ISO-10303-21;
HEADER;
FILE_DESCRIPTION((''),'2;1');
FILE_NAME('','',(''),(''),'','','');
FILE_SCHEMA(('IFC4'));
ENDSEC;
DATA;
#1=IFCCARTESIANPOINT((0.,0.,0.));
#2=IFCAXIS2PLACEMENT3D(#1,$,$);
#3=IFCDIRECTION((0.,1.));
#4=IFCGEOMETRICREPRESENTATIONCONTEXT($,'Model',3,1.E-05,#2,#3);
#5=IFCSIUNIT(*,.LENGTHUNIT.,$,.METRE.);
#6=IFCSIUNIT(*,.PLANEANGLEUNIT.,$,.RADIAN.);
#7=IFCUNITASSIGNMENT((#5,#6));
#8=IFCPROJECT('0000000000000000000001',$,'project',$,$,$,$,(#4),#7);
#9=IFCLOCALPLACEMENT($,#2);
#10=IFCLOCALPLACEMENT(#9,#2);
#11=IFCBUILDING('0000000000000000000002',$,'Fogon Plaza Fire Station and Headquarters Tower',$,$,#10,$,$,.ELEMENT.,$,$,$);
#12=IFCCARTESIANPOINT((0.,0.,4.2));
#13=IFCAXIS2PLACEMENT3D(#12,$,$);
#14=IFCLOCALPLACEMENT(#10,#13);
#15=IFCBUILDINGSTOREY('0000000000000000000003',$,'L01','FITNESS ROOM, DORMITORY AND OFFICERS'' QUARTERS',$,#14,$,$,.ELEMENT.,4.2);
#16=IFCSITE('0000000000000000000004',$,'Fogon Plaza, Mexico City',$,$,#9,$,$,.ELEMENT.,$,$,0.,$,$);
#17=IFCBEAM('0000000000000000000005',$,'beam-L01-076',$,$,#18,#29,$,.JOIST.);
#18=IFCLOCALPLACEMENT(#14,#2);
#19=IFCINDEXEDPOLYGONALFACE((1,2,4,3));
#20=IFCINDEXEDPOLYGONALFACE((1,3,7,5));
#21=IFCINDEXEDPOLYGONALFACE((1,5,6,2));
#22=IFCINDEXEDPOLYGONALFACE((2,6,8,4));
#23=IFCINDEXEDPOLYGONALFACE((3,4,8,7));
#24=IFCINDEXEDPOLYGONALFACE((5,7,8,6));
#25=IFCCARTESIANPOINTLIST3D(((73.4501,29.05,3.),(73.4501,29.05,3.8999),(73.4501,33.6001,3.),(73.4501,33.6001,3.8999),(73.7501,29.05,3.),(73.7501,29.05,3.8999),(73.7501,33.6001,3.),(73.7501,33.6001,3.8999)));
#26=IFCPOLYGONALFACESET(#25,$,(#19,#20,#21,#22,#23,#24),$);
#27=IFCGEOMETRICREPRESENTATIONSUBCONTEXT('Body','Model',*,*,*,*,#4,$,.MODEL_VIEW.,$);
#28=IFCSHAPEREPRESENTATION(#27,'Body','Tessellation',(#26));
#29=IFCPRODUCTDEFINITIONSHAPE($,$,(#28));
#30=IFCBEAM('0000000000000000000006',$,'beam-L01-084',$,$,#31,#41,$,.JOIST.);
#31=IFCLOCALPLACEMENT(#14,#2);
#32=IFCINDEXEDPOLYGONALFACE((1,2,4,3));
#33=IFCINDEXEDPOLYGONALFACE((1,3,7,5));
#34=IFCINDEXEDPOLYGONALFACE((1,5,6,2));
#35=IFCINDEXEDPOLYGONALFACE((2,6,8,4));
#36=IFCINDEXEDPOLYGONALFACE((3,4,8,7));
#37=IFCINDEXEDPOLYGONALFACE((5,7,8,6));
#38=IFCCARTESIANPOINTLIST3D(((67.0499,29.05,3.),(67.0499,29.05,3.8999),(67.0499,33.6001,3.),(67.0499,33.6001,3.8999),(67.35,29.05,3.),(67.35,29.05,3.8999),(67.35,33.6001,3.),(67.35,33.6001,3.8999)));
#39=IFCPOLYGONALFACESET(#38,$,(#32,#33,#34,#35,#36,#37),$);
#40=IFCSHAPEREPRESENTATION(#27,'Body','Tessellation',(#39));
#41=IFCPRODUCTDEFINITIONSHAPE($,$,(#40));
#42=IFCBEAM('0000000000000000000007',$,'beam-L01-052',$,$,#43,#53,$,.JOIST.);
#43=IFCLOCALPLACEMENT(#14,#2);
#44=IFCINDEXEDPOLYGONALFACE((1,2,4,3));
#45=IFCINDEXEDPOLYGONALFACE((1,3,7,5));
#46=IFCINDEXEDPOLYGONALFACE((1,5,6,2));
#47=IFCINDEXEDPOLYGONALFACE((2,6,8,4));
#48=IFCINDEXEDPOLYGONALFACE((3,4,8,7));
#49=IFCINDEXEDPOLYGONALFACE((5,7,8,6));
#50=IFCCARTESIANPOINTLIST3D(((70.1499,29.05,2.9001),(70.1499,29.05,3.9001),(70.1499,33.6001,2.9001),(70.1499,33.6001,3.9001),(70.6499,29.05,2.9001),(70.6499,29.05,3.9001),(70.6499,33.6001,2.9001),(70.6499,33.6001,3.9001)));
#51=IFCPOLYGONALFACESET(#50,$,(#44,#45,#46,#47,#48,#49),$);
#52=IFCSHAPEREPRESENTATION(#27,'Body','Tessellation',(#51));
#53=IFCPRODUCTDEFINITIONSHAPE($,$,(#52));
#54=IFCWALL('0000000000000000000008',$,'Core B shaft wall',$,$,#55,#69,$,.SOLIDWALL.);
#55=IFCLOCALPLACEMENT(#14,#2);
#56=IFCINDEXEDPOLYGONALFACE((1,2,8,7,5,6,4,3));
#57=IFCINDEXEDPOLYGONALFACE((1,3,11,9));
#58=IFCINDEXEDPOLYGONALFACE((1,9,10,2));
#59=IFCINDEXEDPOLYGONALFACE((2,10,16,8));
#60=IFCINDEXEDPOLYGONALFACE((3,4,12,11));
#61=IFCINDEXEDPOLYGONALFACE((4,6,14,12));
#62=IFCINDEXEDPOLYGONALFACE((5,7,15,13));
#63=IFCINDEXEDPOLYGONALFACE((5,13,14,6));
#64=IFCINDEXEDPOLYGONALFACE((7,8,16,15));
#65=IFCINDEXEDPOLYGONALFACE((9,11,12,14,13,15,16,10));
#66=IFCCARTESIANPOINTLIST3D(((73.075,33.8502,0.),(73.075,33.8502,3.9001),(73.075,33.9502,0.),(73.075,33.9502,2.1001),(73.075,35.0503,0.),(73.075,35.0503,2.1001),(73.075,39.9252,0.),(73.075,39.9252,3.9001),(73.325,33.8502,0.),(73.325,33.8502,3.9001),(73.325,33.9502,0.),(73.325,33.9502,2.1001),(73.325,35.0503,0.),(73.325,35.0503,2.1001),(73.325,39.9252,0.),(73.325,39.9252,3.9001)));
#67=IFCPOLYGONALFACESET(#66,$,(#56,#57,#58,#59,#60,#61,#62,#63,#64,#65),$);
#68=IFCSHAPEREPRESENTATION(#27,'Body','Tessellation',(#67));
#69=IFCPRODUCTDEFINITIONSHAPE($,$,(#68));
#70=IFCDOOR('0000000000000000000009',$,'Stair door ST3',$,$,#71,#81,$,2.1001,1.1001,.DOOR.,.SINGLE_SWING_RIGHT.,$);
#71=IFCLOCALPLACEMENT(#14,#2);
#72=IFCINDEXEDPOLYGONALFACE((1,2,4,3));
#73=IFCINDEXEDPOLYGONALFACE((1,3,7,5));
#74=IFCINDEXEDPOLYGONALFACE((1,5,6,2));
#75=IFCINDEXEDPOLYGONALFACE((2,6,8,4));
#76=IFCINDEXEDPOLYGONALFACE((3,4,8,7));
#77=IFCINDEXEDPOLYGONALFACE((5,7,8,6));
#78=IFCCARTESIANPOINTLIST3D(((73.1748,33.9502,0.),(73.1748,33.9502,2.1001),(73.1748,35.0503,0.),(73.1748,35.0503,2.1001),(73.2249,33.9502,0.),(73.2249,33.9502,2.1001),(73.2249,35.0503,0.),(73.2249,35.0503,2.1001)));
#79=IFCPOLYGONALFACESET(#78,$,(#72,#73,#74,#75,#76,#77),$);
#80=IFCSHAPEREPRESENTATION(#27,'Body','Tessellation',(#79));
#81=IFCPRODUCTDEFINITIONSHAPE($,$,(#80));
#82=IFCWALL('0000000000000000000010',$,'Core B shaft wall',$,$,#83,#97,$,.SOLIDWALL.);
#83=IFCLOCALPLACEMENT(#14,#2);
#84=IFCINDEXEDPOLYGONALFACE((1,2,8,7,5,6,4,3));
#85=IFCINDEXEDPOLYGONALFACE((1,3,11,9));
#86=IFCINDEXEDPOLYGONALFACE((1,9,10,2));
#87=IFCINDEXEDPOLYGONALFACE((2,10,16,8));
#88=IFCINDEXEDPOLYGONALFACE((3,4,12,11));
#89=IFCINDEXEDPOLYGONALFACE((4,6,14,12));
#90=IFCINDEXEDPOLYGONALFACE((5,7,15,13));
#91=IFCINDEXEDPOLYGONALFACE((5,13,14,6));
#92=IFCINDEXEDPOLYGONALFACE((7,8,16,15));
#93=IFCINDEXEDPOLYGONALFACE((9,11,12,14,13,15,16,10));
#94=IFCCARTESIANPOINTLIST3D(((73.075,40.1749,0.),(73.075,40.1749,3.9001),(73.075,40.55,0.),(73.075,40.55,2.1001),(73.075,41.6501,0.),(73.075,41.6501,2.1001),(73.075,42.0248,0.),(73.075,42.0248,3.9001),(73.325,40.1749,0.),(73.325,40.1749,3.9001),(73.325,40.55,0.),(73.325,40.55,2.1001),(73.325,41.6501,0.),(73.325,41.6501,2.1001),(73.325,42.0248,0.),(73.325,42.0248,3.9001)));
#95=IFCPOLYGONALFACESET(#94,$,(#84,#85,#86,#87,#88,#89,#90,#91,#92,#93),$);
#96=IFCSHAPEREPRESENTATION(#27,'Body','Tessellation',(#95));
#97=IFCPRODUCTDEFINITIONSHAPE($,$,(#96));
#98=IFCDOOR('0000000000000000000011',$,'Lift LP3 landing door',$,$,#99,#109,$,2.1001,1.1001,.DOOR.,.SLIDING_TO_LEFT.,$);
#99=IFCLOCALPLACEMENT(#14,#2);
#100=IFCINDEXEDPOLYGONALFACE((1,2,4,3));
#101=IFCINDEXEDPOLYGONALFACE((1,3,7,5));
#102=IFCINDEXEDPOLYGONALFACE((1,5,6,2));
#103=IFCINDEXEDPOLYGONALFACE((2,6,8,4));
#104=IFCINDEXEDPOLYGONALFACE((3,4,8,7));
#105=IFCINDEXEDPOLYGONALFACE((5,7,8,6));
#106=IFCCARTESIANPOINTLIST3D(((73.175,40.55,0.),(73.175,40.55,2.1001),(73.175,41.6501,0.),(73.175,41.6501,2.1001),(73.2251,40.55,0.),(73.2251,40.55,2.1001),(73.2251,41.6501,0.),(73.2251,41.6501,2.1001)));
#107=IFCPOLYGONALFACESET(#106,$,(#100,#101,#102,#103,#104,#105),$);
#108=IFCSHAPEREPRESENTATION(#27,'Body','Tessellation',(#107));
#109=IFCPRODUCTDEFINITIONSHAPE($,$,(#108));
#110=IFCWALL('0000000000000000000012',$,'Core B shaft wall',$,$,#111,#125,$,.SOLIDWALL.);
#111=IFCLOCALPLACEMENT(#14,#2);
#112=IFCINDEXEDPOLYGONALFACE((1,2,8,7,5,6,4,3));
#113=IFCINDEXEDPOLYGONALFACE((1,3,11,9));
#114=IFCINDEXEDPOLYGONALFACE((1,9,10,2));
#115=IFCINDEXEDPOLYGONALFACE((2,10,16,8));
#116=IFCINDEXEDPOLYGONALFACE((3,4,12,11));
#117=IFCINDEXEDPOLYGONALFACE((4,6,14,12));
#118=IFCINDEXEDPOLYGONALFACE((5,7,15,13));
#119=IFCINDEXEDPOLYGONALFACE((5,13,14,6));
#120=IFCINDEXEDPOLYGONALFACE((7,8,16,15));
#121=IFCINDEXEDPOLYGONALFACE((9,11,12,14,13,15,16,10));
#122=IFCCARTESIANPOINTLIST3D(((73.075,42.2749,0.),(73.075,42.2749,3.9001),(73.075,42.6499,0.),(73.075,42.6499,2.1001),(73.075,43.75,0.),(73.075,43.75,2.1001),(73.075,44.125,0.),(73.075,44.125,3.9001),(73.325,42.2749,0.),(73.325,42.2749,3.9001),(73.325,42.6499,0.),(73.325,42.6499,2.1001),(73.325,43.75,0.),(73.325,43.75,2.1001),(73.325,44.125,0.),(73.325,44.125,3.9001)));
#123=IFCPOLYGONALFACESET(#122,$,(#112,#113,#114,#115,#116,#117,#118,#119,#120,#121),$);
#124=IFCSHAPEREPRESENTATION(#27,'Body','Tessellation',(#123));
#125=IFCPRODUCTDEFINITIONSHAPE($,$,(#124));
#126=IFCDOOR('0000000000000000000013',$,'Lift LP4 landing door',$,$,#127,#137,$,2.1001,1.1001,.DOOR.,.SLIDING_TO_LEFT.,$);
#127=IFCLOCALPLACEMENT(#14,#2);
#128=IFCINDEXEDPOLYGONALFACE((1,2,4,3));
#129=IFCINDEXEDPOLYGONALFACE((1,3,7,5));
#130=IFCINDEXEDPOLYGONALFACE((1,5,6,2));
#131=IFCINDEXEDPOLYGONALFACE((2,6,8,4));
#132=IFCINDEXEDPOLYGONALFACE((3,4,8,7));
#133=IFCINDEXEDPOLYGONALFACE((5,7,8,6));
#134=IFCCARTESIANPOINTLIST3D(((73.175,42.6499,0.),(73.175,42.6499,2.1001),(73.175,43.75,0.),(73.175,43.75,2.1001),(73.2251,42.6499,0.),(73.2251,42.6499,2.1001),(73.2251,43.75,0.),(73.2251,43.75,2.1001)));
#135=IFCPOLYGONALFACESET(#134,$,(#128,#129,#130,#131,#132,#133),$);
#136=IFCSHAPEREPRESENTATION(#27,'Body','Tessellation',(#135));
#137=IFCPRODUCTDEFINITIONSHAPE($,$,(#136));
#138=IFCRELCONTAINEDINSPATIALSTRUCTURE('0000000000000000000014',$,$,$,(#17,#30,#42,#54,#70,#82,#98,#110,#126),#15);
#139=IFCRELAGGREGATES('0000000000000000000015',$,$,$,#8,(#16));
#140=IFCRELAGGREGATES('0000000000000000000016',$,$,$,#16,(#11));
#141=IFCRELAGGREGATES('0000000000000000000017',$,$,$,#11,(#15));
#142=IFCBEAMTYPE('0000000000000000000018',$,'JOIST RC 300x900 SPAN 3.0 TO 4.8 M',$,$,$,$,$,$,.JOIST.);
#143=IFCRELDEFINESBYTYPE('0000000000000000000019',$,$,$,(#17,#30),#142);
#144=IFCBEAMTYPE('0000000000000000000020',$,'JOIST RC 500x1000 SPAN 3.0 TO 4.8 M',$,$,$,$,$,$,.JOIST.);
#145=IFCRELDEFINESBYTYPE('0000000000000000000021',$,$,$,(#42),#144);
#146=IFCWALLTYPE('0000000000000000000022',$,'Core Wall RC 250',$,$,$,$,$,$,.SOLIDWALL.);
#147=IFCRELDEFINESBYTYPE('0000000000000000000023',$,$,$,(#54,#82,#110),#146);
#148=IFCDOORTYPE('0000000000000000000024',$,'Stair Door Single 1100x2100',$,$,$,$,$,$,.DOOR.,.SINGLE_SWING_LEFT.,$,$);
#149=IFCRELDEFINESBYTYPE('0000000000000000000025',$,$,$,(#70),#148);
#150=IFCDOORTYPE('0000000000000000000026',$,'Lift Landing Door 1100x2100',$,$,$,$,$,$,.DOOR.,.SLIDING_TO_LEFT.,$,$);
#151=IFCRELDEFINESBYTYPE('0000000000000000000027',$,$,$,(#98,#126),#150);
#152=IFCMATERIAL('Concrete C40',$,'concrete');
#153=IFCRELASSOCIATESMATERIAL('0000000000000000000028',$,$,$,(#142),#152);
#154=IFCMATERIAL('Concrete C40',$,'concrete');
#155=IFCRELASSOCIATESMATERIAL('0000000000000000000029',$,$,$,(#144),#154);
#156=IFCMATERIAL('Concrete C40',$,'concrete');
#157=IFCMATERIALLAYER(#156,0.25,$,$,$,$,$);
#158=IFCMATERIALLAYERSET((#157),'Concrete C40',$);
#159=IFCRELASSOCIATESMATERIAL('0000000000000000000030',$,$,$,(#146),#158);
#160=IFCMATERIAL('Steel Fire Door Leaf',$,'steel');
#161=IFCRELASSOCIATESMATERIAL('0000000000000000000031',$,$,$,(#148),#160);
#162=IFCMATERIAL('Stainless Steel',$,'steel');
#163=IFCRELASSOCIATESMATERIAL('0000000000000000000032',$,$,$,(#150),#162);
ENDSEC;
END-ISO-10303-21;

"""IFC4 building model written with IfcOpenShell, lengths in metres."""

from ifc_helpers import new_model, si_unit, direction, frame, frame_2d, origin, origin_2d, place, context, subcontext, project, spatial, rectangle, extrude, material, layer, layer_set, material_profile, profile_set, type_object, element, fill, save


model = new_model("IFC4")

# Units and contexts
model_context = context("Model", 3, precision=1e-05, world=origin(), true_north=direction((0.0, 1.0)))
body_context = subcontext(model_context, "Body", "Model", "MODEL_VIEW")
ifc_project = project(units=[si_unit("LENGTHUNIT", "METRE"), si_unit("PLANEANGLEUNIT", "RADIAN")], contexts=[model_context])

# Site, building, storey
site_placement = place(None, origin())
site = spatial("IfcSite", under=ifc_project, at=site_placement, Name="Fogon Plaza, Mexico City", CompositionType="ELEMENT", RefElevation=0.0)
building_placement = place(site_placement, origin())
building = spatial("IfcBuilding", under=site, at=building_placement, Name="Fogon Plaza Fire Station and Headquarters Tower", CompositionType="ELEMENT")
storey_placement = place(building_placement, frame((0.0, 0.0, 4.2)))
storey = spatial("IfcBuildingStorey", under=building, at=storey_placement, Name="L01", Description="FITNESS ROOM, DORMITORY AND OFFICERS' QUARTERS", CompositionType="ELEMENT", Elevation=4.2)

# Beams
ifc_material_1 = material(Name="Concrete C40", Category="concrete")
ifc_material_profile_1 = material_profile(ifc_material_1, rectangle(XDim=0.3, YDim=0.8999, at=origin_2d()), Name="RC 300x900")
ifc_profile_set_1 = profile_set([ifc_material_profile_1], Name="Concrete C40")
beam_type_1 = type_object("IfcBeamType", Name="JOIST RC 300x900 SPAN 3.0 TO 4.8 M", PredefinedType="JOIST", material=ifc_profile_set_1)
for number, where, z_axis, x_axis, name in (
    (1, (73.6001, 29.05, 3.45), (0.0, 1.0, 0.0), (-1.0, 0.0, 0.0), "beam-L01-076"),
    (2, (67.2, 29.05, 3.45), (0.0, 1.0, 0.0), (-1.0, 0.0, 0.0), "beam-L01-084"),
):
    element("IfcBeam", number, at=place(storey_placement, frame(where, z_axis=z_axis, x_axis=x_axis)), inside=storey, type_object=beam_type_1, Name=name, PredefinedType="JOIST", context=body_context, shape_type="SweptSolid", body=[
        extrude(rectangle(XDim=0.3, YDim=0.8999, at=origin_2d()), origin(), (0.0, 0.0, 1.0), 4.55),
    ])
ifc_material_2 = material(Name="Concrete C40", Category="concrete")
ifc_material_profile_2 = material_profile(ifc_material_2, rectangle(XDim=0.5, YDim=1.0, at=origin_2d()), Name="RC 500x1000")
ifc_profile_set_2 = profile_set([ifc_material_profile_2], Name="Concrete C40")
beam_type_2 = type_object("IfcBeamType", Name="JOIST RC 500x1000 SPAN 3.0 TO 4.8 M", PredefinedType="JOIST", material=ifc_profile_set_2)
beam_placement = place(storey_placement, frame((70.3999, 29.05, 3.4001), z_axis=(0.0, 1.0, 0.0), x_axis=(-1.0, 0.0, 0.0)))
element("IfcBeam", 3, at=beam_placement, inside=storey, type_object=beam_type_2, Name="beam-L01-052", PredefinedType="JOIST", context=body_context, shape_type="SweptSolid", body=[
    extrude(rectangle(XDim=0.5, YDim=1.0, at=origin_2d()), origin(), (0.0, 0.0, 1.0), 4.55),
])

# Walls, openings, doors
ifc_material_3 = material(Name="Concrete C40", Category="concrete")
ifc_layer_1 = layer(ifc_material_3, 0.25)
ifc_layer_set_1 = layer_set([ifc_layer_1], Name="Concrete C40")
wall_type_1 = type_object("IfcWallType", Name="Core Wall RC 250", PredefinedType="SOLIDWALL", material=ifc_layer_set_1)
wall_1_placement = place(storey_placement, frame((73.2, 33.8501, 0.0), z_axis=(0.0, 0.0, 1.0), x_axis=(0.0, 1.0, 0.0)))
wall_1 = element("IfcWall", 4, at=wall_1_placement, inside=storey, type_object=wall_type_1, Name="Core B shaft wall", PredefinedType="SOLIDWALL", context=body_context, shape_type="SweptSolid", body=[
    extrude(rectangle(XDim=6.075, YDim=0.25, at=frame_2d((3.0376, 0.0))), origin(), (0.0, 0.0, 1.0), 3.9001),
])
opening_1_placement = place(wall_1_placement, frame((0.1001, 0.0, 0.0)))
opening_1 = element("IfcOpeningElement", 5, at=opening_1_placement, cuts=wall_1, PredefinedType="OPENING", context=body_context, shape_type="SweptSolid", body=[
    extrude(rectangle(XDim=1.1001, YDim=2.1001, at=frame_2d((0.55, 1.05))), frame((0.0, 0.135, 0.0), z_axis=(0.0, -1.0, 0.0), x_axis=(1.0, 0.0, 0.0)), (0.0, 0.0, 1.0), 0.27),
])
ifc_material_4 = material(Name="Steel Fire Door Leaf", Category="steel")
door_type_1 = type_object("IfcDoorType", Name="Stair Door Single 1100x2100", OperationType="SINGLE_SWING_LEFT", PredefinedType="DOOR", material=ifc_material_4)
door_1_placement = place(opening_1_placement, frame((1.1001, 0.0, 0.0), z_axis=(0.0, 0.0, 1.0), x_axis=(-1.0, 0.0, 0.0)))
door_1 = element("IfcDoor", 6, at=door_1_placement, inside=storey, type_object=door_type_1, Name="Stair door ST3", OperationType="SINGLE_SWING_RIGHT", OverallHeight=2.1001, OverallWidth=1.1001, PredefinedType="DOOR", context=body_context, shape_type="SweptSolid", body=[
    extrude(rectangle(XDim=1.1001, YDim=2.1001, at=frame_2d((0.55, 1.05))), frame((0.0, 0.0249, 0.0), z_axis=(0.0, -1.0, 0.0), x_axis=(1.0, 0.0, 0.0)), (0.0, 0.0, 1.0), 0.05),
])
fill(opening_1, door_1)
wall_2_placement = place(storey_placement, frame((73.2, 40.175, 0.0), z_axis=(0.0, 0.0, 1.0), x_axis=(0.0, 1.0, 0.0)))
wall_2 = element("IfcWall", 7, at=wall_2_placement, inside=storey, type_object=wall_type_1, Name="Core B shaft wall", PredefinedType="SOLIDWALL", context=body_context, shape_type="SweptSolid", body=[
    extrude(rectangle(XDim=1.8499, YDim=0.25, at=frame_2d((0.9248, 0.0))), origin(), (0.0, 0.0, 1.0), 3.9001),
])
opening_2_placement = place(wall_2_placement, frame((0.375, 0.0, 0.0)))
opening_2 = element("IfcOpeningElement", 8, at=opening_2_placement, cuts=wall_2, PredefinedType="OPENING", context=body_context, shape_type="SweptSolid", body=[
    extrude(rectangle(XDim=1.1001, YDim=2.1001, at=frame_2d((0.55, 1.05))), frame((0.0, 0.135, 0.0), z_axis=(0.0, -1.0, 0.0), x_axis=(1.0, 0.0, 0.0)), (0.0, 0.0, 1.0), 0.27),
])
ifc_material_5 = material(Name="Stainless Steel", Category="steel")
door_type_2 = type_object("IfcDoorType", Name="Lift Landing Door 1100x2100", OperationType="SLIDING_TO_LEFT", PredefinedType="DOOR", material=ifc_material_5)
door_2_placement = place(opening_2_placement, origin())
door_2 = element("IfcDoor", 9, at=door_2_placement, inside=storey, type_object=door_type_2, Name="Lift LP3 landing door", OperationType="SLIDING_TO_LEFT", OverallHeight=2.1001, OverallWidth=1.1001, PredefinedType="DOOR", context=body_context, shape_type="SweptSolid", body=[
    extrude(rectangle(XDim=1.1001, YDim=2.1001, at=frame_2d((0.55, 1.05))), frame((0.0, 0.0249, 0.0), z_axis=(0.0, -1.0, 0.0), x_axis=(1.0, 0.0, 0.0)), (0.0, 0.0, 1.0), 0.05),
])
fill(opening_2, door_2)
wall_3_placement = place(storey_placement, frame((73.2, 42.2749, 0.0), z_axis=(0.0, 0.0, 1.0), x_axis=(0.0, 1.0, 0.0)))
wall_3 = element("IfcWall", 10, at=wall_3_placement, inside=storey, type_object=wall_type_1, Name="Core B shaft wall", PredefinedType="SOLIDWALL", context=body_context, shape_type="SweptSolid", body=[
    extrude(rectangle(XDim=1.8501, YDim=0.25, at=frame_2d((0.925, 0.0))), origin(), (0.0, 0.0, 1.0), 3.9001),
])
opening_3_placement = place(wall_3_placement, frame((0.375, 0.0, 0.0)))
opening_3 = element("IfcOpeningElement", 11, at=opening_3_placement, cuts=wall_3, PredefinedType="OPENING", context=body_context, shape_type="SweptSolid", body=[
    extrude(rectangle(XDim=1.1001, YDim=2.1001, at=frame_2d((0.55, 1.05))), frame((0.0, 0.135, 0.0), z_axis=(0.0, -1.0, 0.0), x_axis=(1.0, 0.0, 0.0)), (0.0, 0.0, 1.0), 0.27),
])
door_3_placement = place(opening_3_placement, origin())
door_3 = element("IfcDoor", 12, at=door_3_placement, inside=storey, type_object=door_type_2, Name="Lift LP4 landing door", OperationType="SLIDING_TO_LEFT", OverallHeight=2.1001, OverallWidth=1.1001, PredefinedType="DOOR", context=body_context, shape_type="SweptSolid", body=[
    extrude(rectangle(XDim=1.1001, YDim=2.1001, at=frame_2d((0.55, 1.05))), frame((0.0, 0.0249, 0.0), z_axis=(0.0, -1.0, 0.0), x_axis=(1.0, 0.0, 0.0)), (0.0, 0.0, 1.0), 0.05),
])
fill(opening_3, door_3)

save(model, "model.ifc")
